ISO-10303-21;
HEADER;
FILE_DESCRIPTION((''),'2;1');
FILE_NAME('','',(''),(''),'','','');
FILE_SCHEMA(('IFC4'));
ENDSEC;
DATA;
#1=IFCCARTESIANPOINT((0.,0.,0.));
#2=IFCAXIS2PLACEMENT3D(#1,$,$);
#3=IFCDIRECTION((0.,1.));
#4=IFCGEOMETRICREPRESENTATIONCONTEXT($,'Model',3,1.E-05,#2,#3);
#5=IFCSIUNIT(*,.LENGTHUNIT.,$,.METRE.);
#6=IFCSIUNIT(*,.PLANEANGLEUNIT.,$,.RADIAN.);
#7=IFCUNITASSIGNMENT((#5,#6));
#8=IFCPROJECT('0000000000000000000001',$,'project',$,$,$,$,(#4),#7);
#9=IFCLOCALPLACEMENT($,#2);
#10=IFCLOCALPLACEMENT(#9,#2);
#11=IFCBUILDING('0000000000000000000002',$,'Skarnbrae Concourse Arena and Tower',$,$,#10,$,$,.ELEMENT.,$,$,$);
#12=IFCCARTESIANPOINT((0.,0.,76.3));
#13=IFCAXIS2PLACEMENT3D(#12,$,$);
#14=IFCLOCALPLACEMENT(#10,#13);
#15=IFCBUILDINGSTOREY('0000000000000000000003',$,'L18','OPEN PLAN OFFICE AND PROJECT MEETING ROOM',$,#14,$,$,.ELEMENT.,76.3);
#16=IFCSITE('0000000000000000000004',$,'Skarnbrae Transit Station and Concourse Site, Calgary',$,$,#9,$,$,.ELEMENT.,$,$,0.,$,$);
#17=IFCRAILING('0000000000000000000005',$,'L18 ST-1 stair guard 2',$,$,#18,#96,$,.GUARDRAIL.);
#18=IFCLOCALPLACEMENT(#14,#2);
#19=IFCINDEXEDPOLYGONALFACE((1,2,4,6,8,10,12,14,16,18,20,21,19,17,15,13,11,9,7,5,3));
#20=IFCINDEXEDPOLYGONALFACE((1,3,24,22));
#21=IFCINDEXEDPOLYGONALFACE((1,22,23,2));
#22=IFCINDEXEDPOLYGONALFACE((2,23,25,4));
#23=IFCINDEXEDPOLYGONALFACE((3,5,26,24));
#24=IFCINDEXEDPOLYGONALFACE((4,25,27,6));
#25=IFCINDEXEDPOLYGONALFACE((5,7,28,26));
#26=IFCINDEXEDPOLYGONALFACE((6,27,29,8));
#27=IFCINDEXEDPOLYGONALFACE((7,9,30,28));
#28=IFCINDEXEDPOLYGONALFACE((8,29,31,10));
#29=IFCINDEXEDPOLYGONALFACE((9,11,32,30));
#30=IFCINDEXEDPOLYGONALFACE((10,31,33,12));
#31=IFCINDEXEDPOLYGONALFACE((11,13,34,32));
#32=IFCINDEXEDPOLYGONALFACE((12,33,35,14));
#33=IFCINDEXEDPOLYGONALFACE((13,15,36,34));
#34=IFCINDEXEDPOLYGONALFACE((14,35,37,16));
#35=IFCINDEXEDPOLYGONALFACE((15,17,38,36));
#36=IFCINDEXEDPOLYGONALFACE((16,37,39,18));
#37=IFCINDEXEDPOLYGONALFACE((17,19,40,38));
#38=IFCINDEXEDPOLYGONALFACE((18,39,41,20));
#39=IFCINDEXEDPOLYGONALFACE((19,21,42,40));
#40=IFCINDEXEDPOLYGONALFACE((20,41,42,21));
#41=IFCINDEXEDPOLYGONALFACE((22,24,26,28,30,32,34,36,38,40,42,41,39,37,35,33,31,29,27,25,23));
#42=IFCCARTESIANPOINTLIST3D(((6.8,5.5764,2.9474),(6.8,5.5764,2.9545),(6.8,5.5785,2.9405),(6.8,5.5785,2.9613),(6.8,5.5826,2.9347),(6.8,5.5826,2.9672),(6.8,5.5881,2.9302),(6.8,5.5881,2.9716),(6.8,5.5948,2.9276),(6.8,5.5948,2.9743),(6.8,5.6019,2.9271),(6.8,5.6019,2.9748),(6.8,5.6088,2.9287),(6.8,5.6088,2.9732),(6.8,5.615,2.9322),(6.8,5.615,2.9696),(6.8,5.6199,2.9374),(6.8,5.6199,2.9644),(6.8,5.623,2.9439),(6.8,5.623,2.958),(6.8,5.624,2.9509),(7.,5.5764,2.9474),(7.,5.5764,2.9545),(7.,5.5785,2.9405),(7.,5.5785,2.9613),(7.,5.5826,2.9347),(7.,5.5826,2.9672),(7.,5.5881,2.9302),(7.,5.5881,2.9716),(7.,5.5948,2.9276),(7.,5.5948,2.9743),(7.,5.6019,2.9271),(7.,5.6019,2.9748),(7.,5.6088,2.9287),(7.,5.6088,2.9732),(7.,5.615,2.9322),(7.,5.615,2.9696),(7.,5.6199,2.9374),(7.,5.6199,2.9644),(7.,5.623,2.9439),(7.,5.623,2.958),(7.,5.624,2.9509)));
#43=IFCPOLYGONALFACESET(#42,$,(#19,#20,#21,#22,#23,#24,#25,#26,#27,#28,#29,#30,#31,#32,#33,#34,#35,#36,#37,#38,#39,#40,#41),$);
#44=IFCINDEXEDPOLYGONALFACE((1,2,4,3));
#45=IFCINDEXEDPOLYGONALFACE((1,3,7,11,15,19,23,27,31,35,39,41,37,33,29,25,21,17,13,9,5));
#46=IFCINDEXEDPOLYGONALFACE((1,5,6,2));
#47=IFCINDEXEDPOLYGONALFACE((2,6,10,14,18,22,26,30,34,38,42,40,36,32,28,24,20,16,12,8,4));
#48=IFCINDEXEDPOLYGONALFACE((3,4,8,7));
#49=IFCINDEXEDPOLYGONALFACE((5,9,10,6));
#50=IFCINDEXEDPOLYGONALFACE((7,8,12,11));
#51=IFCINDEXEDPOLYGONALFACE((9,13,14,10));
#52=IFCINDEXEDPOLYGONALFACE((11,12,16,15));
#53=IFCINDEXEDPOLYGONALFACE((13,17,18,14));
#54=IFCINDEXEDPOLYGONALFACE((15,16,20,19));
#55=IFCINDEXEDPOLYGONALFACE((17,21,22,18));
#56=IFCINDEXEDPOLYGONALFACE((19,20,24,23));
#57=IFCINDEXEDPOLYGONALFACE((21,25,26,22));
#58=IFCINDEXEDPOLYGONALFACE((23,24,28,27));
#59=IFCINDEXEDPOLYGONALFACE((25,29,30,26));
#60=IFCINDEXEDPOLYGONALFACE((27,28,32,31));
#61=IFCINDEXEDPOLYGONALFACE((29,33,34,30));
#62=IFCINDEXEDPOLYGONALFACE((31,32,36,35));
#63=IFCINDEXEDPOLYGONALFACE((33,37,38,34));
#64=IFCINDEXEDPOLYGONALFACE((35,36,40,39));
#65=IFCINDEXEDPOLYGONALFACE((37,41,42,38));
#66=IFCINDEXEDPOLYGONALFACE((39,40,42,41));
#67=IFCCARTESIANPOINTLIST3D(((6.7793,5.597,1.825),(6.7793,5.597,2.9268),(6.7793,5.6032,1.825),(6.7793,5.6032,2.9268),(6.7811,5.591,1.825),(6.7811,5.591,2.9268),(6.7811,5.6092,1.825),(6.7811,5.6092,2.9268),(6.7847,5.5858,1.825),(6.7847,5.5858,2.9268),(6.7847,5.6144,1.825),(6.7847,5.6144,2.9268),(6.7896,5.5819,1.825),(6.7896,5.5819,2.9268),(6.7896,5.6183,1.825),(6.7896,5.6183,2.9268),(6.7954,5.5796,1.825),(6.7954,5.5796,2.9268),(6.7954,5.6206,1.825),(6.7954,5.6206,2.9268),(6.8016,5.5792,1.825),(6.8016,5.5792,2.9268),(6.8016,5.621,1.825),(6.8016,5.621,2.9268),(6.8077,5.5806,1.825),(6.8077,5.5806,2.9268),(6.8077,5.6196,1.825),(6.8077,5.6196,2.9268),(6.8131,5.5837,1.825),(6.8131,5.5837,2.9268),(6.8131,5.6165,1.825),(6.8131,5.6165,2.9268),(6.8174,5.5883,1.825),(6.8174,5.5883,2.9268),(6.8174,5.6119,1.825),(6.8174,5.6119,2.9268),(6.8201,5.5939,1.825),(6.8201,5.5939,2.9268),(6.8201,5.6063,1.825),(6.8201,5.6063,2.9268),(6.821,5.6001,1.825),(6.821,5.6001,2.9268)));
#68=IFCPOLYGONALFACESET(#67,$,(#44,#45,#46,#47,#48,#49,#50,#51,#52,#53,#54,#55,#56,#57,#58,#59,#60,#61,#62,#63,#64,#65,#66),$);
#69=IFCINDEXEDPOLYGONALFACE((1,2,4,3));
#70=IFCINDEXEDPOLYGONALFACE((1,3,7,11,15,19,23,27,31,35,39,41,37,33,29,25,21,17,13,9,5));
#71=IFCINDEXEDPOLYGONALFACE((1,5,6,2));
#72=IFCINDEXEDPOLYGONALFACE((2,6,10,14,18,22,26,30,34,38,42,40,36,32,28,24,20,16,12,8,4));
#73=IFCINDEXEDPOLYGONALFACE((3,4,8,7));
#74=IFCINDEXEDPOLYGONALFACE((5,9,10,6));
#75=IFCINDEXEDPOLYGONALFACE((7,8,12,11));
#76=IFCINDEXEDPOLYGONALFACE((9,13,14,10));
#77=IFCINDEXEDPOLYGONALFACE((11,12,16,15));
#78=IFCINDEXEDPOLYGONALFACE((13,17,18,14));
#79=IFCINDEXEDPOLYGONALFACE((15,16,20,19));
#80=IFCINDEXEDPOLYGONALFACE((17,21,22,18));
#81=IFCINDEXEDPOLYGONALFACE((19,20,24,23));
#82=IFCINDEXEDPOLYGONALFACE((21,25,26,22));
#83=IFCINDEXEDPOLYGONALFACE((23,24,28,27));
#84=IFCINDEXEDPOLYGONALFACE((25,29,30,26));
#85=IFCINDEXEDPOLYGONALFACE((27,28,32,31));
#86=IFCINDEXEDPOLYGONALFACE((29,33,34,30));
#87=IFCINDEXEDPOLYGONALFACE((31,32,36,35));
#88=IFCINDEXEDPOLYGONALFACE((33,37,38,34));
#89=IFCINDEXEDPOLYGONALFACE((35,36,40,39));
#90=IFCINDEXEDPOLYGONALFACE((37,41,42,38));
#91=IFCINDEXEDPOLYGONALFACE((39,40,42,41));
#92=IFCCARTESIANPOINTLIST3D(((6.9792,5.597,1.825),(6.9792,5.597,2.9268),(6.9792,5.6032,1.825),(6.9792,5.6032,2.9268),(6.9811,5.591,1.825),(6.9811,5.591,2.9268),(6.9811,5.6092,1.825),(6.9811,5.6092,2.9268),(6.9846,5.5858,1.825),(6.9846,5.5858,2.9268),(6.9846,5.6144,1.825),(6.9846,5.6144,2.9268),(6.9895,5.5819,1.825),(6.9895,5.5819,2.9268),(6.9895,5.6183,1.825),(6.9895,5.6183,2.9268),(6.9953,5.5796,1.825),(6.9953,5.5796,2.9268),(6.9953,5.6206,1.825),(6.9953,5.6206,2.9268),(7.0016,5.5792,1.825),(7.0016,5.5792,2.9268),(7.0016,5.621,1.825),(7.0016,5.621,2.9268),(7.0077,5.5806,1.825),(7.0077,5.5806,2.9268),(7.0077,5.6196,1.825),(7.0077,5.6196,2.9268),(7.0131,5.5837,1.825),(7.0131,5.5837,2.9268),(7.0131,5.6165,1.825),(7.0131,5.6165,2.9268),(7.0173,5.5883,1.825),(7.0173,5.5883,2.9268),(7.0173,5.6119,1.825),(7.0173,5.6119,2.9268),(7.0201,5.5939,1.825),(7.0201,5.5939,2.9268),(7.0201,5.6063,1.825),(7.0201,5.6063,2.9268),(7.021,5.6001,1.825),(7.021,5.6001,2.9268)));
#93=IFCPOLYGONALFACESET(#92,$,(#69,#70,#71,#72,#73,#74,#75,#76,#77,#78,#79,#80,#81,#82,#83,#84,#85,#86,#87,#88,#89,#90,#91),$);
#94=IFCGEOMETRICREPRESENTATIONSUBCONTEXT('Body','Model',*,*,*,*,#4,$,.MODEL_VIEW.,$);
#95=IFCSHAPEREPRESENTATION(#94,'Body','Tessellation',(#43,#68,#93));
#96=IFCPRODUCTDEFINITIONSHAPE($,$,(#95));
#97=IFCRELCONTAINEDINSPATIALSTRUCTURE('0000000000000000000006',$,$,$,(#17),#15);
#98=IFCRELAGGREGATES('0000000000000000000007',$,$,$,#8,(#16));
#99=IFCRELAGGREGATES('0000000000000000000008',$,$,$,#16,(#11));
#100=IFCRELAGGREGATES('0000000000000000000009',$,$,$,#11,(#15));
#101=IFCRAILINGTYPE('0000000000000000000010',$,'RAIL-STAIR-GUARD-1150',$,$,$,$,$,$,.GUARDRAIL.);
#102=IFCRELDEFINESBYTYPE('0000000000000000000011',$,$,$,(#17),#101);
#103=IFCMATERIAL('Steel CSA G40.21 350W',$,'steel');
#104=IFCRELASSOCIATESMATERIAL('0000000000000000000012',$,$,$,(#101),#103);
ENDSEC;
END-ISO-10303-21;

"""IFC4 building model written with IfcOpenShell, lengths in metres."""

from ifc_helpers import new_model, si_unit, direction, frame, origin, origin_2d, place, context, subcontext, project, spatial, circle, extrude, material, type_object, element, save


model = new_model("IFC4")

# Units and contexts
model_context = context("Model", 3, precision=1e-05, world=origin(), true_north=direction((0.0, 1.0)))
body_context = subcontext(model_context, "Body", "Model", "MODEL_VIEW")
ifc_project = project(units=[si_unit("LENGTHUNIT", "METRE"), si_unit("PLANEANGLEUNIT", "RADIAN")], contexts=[model_context])

# Site, building, storey
site_placement = place(None, origin())
site = spatial("IfcSite", under=ifc_project, at=site_placement, Name="Skarnbrae Transit Station and Concourse Site, Calgary", CompositionType="ELEMENT", RefElevation=0.0)
building_placement = place(site_placement, origin())
building = spatial("IfcBuilding", under=site, at=building_placement, Name="Skarnbrae Concourse Arena and Tower", CompositionType="ELEMENT")
storey_placement = place(building_placement, frame((0.0, 0.0, 76.3)))
storey = spatial("IfcBuildingStorey", under=building, at=storey_placement, Name="L18", Description="OPEN PLAN OFFICE AND PROJECT MEETING ROOM", CompositionType="ELEMENT", Elevation=76.3)

# Shared definitions
ifc_material_1 = material(Name="Steel CSA G40.21 350W", Category="steel")

# Railing
railing_type_1 = type_object("IfcRailingType", Name="RAIL-STAIR-GUARD-1150", PredefinedType="GUARDRAIL", material=ifc_material_1)
railing_1_placement = place(storey_placement, frame((6.8, 5.6001, 1.825)))
element("IfcRailing", 1, at=railing_1_placement, inside=storey, type_object=railing_type_1, Name="L18 ST-1 stair guard 2", PredefinedType="GUARDRAIL", context=body_context, shape_type="SweptSolid", body=[
    extrude(circle(Radius=0.0239, at=origin_2d()), frame((0.0, 0.0, 1.126), z_axis=(1.0, 0.0, 0.0), x_axis=(0.0, 1.0, 0.0)), (0.0, 0.0, 1.0), 0.2),
    extrude(circle(Radius=0.021, at=origin_2d()), origin(), (0.0, 0.0, 1.0), 1.1018),
    extrude(circle(Radius=0.021, at=origin_2d()), frame((0.2, 0.0, 0.0)), (0.0, 0.0, 1.0), 1.1018),
])

save(model, "model.ifc")
